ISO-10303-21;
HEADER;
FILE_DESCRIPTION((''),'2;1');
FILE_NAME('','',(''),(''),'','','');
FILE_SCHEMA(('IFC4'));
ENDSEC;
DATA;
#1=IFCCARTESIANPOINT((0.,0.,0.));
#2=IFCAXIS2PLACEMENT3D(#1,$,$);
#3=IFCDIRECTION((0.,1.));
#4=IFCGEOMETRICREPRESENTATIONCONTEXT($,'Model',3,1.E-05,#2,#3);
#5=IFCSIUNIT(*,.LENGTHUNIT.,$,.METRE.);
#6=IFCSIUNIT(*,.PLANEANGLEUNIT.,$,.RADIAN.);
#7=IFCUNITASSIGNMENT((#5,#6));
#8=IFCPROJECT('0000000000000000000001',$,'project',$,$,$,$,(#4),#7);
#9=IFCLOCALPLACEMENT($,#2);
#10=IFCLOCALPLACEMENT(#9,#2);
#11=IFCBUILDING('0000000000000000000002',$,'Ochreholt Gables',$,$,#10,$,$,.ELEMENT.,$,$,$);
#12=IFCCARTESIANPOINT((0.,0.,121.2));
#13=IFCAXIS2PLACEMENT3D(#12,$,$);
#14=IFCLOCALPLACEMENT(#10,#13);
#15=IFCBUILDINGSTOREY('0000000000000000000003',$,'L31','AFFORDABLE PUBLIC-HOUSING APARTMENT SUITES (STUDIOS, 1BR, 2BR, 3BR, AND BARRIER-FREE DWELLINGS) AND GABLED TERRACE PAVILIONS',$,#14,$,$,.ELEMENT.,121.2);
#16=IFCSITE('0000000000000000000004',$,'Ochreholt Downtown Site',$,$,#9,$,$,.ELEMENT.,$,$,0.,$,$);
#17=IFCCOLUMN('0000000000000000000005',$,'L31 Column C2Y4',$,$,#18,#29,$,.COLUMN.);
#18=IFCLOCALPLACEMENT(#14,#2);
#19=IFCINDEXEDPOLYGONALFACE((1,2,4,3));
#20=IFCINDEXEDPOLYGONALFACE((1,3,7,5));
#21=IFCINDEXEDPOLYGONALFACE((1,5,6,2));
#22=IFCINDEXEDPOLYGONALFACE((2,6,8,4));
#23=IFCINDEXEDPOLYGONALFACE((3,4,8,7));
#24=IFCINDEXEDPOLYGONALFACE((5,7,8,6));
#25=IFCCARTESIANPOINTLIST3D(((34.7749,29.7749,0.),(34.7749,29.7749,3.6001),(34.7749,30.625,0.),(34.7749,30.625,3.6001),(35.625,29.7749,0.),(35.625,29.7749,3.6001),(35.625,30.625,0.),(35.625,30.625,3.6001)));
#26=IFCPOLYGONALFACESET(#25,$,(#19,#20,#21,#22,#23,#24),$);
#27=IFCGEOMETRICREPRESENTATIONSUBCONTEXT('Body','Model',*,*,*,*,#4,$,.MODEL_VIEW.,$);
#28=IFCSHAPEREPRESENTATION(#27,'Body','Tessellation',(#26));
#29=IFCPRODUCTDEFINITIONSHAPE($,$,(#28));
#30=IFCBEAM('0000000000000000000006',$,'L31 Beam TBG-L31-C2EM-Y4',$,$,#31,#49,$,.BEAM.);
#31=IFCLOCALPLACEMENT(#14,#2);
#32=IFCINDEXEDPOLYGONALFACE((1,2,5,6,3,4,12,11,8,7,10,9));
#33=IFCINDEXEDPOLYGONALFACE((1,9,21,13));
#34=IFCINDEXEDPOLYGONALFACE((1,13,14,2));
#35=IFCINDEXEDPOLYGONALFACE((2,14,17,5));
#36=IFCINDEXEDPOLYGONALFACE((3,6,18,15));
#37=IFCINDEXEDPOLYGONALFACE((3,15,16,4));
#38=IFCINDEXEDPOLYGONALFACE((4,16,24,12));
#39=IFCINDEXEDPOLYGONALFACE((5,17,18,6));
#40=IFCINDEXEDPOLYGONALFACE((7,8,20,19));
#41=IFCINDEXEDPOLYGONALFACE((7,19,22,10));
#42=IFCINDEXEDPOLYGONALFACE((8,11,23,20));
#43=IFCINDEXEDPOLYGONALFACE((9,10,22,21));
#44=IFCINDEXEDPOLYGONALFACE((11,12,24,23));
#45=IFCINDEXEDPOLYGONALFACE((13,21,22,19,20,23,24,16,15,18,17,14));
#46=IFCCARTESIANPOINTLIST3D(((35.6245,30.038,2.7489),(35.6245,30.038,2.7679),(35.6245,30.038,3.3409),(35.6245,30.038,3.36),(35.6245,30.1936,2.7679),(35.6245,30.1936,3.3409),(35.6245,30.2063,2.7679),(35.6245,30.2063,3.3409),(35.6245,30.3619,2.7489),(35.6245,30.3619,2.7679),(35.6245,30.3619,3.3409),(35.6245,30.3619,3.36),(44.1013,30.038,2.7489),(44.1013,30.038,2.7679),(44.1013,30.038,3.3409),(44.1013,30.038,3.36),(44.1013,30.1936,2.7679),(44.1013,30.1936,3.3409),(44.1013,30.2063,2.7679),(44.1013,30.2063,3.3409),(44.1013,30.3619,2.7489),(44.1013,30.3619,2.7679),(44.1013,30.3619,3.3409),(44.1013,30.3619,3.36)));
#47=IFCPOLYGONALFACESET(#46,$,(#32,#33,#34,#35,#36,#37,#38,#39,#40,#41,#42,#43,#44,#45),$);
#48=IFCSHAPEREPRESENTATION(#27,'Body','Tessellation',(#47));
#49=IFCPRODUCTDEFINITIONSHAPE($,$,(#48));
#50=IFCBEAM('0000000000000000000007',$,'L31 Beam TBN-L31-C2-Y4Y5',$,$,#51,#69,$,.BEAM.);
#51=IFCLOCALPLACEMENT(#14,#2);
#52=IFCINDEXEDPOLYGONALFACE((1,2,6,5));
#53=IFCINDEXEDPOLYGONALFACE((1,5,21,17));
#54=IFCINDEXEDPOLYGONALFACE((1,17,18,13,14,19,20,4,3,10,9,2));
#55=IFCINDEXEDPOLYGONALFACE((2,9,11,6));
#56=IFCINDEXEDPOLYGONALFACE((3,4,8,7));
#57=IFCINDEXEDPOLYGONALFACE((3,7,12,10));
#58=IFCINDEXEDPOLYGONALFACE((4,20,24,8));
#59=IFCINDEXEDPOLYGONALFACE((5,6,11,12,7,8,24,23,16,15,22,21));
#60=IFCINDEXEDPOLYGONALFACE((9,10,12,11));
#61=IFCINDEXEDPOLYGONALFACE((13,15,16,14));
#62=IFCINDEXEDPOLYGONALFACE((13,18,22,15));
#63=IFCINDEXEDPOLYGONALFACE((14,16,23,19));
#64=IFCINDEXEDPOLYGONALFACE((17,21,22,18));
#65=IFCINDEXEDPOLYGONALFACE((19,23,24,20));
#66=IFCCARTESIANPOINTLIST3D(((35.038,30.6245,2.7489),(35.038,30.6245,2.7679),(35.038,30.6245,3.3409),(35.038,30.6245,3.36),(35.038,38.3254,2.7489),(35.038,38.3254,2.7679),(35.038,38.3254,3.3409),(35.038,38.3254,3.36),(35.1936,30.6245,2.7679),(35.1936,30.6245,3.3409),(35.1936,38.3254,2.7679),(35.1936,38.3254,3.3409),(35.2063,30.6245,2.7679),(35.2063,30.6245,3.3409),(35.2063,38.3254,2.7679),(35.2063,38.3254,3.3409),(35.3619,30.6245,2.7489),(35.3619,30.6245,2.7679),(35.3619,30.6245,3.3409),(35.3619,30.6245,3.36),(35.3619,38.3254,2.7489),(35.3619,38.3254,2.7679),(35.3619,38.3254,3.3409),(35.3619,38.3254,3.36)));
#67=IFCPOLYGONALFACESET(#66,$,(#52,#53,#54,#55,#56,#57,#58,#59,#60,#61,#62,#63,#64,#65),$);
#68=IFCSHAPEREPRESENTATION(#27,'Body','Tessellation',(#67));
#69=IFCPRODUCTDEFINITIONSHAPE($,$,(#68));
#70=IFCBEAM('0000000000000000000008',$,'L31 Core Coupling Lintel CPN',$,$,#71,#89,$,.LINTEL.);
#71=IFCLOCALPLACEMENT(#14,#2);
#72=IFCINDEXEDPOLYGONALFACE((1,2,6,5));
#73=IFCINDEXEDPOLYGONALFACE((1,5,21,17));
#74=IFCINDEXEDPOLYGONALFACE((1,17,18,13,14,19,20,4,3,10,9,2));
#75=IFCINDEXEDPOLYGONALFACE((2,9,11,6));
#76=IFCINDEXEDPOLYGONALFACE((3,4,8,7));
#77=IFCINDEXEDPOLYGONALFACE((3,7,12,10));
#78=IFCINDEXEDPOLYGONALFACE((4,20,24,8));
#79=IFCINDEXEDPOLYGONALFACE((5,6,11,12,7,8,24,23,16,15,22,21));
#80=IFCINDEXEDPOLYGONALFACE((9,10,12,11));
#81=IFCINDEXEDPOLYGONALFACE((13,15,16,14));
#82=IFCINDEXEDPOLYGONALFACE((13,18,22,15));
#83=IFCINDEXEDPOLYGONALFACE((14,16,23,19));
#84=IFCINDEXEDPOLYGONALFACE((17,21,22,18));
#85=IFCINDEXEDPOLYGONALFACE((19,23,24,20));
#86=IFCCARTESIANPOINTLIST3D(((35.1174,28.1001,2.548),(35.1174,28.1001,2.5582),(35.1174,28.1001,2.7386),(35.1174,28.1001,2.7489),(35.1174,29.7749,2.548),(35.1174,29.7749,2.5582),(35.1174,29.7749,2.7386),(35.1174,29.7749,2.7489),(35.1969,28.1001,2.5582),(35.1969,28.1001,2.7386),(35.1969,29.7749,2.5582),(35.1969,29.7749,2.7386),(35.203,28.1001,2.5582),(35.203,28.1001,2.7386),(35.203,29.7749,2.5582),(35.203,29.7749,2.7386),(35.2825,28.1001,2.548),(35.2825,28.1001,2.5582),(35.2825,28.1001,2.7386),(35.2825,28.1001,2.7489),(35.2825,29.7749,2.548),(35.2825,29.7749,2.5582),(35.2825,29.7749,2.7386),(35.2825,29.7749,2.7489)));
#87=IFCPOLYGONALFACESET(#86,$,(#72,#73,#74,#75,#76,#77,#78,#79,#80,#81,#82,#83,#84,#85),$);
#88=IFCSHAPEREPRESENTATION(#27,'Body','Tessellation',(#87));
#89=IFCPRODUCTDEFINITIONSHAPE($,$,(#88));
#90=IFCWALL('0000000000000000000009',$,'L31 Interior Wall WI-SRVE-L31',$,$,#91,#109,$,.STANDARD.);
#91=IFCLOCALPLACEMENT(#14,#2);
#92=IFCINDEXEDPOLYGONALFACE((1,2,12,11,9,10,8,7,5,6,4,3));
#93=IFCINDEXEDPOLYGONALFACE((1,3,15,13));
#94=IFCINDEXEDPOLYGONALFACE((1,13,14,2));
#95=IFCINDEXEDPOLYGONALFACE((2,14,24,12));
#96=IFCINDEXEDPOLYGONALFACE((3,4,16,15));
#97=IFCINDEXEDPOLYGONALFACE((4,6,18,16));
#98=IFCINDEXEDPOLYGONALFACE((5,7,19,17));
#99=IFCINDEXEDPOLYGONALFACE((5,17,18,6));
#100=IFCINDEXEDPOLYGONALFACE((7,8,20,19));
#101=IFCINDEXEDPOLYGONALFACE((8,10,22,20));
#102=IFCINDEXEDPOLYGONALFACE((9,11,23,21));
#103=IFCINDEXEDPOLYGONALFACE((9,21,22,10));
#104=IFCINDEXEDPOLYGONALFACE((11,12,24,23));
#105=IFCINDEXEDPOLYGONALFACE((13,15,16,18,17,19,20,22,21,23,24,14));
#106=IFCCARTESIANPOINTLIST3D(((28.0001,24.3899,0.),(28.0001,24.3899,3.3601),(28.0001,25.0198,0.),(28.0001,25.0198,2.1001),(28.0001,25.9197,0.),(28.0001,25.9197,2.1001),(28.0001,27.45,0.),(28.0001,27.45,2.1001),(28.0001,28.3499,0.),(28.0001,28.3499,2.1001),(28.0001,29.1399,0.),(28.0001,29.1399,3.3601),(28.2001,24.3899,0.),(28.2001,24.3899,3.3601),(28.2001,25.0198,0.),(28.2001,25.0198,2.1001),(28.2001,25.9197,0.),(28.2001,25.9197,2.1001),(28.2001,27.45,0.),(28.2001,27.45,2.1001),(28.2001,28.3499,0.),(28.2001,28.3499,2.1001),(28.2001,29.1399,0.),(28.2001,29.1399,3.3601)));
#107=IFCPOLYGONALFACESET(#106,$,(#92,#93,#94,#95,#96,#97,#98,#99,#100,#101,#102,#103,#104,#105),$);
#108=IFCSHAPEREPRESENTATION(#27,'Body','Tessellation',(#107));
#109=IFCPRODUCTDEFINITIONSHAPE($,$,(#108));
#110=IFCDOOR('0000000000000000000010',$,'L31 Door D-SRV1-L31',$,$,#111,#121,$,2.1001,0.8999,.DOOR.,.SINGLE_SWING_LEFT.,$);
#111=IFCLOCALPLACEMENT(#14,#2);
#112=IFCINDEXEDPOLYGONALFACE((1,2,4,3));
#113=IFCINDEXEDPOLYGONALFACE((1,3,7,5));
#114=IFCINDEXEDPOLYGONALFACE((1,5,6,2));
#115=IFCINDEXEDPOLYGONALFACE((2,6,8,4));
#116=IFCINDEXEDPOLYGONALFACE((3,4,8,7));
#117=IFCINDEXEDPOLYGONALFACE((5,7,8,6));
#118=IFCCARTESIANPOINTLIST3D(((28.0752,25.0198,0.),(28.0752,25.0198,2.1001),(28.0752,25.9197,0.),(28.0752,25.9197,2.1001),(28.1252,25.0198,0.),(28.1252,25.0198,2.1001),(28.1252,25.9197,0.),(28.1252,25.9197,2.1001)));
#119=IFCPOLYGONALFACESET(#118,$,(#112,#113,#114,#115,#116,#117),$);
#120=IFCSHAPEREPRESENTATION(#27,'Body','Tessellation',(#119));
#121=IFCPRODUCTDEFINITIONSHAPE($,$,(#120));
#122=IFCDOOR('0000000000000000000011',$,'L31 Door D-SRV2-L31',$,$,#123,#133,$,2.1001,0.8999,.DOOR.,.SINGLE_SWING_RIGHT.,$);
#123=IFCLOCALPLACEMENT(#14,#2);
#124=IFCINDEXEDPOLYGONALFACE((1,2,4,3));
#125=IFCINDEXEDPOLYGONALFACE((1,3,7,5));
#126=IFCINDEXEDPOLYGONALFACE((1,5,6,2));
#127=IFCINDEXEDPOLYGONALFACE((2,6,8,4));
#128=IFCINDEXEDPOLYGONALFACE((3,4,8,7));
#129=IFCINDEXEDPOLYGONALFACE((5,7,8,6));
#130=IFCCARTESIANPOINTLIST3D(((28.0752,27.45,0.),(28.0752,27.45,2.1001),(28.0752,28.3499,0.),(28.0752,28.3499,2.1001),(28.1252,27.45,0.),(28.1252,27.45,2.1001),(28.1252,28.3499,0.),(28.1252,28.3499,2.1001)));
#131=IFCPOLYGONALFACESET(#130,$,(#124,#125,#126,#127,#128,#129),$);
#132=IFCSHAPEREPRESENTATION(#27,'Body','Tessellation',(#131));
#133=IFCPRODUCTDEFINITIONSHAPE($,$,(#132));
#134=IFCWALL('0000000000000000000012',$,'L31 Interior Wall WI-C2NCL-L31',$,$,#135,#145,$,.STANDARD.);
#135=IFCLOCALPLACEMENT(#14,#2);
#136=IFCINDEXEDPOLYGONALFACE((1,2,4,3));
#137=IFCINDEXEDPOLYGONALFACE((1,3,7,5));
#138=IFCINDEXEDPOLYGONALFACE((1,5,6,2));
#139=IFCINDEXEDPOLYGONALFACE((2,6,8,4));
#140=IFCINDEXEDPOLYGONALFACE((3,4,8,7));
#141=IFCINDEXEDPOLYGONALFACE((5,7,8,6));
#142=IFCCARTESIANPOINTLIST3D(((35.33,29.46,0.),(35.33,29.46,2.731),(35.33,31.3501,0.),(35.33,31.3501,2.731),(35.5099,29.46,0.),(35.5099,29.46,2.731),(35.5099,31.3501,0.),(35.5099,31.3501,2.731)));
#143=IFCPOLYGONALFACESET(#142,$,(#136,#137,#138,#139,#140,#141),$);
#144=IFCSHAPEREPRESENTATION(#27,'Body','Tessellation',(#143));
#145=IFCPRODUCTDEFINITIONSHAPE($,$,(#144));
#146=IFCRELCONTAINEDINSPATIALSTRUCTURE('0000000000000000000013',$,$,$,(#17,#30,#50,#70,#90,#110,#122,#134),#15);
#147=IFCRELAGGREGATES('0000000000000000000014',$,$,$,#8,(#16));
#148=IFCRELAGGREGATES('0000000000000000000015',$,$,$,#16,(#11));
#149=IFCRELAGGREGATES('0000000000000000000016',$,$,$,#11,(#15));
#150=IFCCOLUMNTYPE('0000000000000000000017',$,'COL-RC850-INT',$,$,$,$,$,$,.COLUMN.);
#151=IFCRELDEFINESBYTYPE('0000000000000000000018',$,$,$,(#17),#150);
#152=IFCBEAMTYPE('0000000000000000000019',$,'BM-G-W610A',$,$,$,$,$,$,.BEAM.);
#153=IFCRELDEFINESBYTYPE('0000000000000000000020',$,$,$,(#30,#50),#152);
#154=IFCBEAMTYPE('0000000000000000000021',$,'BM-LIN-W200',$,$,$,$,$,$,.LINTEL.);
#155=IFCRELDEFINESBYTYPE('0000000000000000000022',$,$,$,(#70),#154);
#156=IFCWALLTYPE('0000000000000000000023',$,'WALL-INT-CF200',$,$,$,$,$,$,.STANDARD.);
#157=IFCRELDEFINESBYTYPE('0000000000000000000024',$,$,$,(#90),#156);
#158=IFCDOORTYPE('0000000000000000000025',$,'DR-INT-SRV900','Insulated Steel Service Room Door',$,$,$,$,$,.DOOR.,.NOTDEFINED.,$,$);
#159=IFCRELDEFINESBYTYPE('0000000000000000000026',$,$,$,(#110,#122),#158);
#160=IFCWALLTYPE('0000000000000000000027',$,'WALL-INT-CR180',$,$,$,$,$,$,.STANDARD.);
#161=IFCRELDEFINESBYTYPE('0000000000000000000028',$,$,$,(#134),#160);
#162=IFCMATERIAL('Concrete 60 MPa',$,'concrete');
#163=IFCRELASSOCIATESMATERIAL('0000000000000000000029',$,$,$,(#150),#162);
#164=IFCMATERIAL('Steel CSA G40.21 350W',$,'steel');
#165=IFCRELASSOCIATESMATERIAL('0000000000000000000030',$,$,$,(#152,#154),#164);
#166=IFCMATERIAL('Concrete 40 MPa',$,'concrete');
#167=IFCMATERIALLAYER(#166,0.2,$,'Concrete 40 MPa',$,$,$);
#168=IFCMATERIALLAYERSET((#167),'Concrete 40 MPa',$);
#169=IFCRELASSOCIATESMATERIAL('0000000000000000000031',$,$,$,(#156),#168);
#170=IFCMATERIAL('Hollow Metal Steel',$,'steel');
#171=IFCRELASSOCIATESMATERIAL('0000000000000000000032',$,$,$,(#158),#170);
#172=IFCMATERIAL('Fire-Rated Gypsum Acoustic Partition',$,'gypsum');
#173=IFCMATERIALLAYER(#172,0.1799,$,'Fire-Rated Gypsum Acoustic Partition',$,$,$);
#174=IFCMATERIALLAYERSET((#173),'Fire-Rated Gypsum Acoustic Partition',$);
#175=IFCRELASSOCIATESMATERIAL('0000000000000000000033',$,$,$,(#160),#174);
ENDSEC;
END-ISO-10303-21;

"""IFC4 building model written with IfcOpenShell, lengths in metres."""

from ifc_helpers import new_model, si_unit, direction, frame, frame_2d, origin, origin_2d, place, context, subcontext, project, spatial, rectangle, i_section, extrude, material, layer, layer_set, material_profile, profile_set, type_object, element, fill, save


model = new_model("IFC4")

# Units and contexts
model_context = context("Model", 3, precision=1e-05, world=origin(), true_north=direction((0.0, 1.0)))
body_context = subcontext(model_context, "Body", "Model", "MODEL_VIEW")
ifc_project = project(units=[si_unit("LENGTHUNIT", "METRE"), si_unit("PLANEANGLEUNIT", "RADIAN")], contexts=[model_context])

# Site, building, storey
site_placement = place(None, origin())
site = spatial("IfcSite", under=ifc_project, at=site_placement, Name="Ochreholt Downtown Site", CompositionType="ELEMENT", RefElevation=0.0)
building_placement = place(site_placement, origin())
building = spatial("IfcBuilding", under=site, at=building_placement, Name="Ochreholt Gables", CompositionType="ELEMENT")
storey_placement = place(building_placement, frame((0.0, 0.0, 121.2)))
storey = spatial("IfcBuildingStorey", under=building, at=storey_placement, Name="L31", Description="AFFORDABLE PUBLIC-HOUSING APARTMENT SUITES (STUDIOS, 1BR, 2BR, 3BR, AND BARRIER-FREE DWELLINGS) AND GABLED TERRACE PAVILIONS", CompositionType="ELEMENT", Elevation=121.2)

# Column
ifc_material_1 = material(Name="Concrete 60 MPa", Category="concrete")
ifc_material_profile_1 = material_profile(ifc_material_1, rectangle(XDim=0.8501, YDim=0.8501, at=origin_2d()), Name="RC850X850")
ifc_profile_set_1 = profile_set([ifc_material_profile_1], Name="Concrete 60 MPa")
column_type = type_object("IfcColumnType", Name="COL-RC850-INT", PredefinedType="COLUMN", material=ifc_profile_set_1)
column_placement = place(storey_placement, frame((35.2, 30.2, 0.0), z_axis=(0.0, 0.0, 1.0), x_axis=(1.0, 0.0, 0.0)))
element("IfcColumn", 1, at=column_placement, inside=storey, type_object=column_type, Name="L31 Column C2Y4", PredefinedType="COLUMN", context=body_context, shape_type="SweptSolid", body=[
    extrude(rectangle(XDim=0.8501, YDim=0.8501, at=origin_2d()), origin(), (0.0, 0.0, 1.0), 3.6001),
])

# Beams
ifc_material_2 = material(Name="Steel CSA G40.21 350W", Category="steel")
ifc_material_profile_2 = material_profile(ifc_material_2, i_section(OverallWidth=0.324, OverallDepth=0.6111, WebThickness=0.0127, FlangeThickness=0.019, at=origin_2d()), Name="W610X155")
ifc_profile_set_2 = profile_set([ifc_material_profile_2], Name="Steel CSA G40.21 350W")
beam_type_1 = type_object("IfcBeamType", Name="BM-G-W610A", PredefinedType="BEAM", material=ifc_profile_set_2)
beam_1_placement = place(storey_placement, frame((35.6245, 30.2, 3.0544), z_axis=(1.0, 0.0, 0.0), x_axis=(0.0, 1.0, 0.0)))
element("IfcBeam", 2, at=beam_1_placement, inside=storey, type_object=beam_type_1, Name="L31 Beam TBG-L31-C2EM-Y4", PredefinedType="BEAM", context=body_context, shape_type="SweptSolid", body=[
    extrude(i_section(OverallWidth=0.324, OverallDepth=0.6111, WebThickness=0.0127, FlangeThickness=0.019, at=origin_2d()), origin(), (0.0, 0.0, 1.0), 8.4768),
])
beam_2_placement = place(storey_placement, frame((35.2, 30.6245, 3.0544), z_axis=(0.0, 1.0, 0.0), x_axis=(-1.0, 0.0, 0.0)))
element("IfcBeam", 3, at=beam_2_placement, inside=storey, type_object=beam_type_1, Name="L31 Beam TBN-L31-C2-Y4Y5", PredefinedType="BEAM", context=body_context, shape_type="SweptSolid", body=[
    extrude(i_section(OverallWidth=0.324, OverallDepth=0.6111, WebThickness=0.0127, FlangeThickness=0.019, at=origin_2d()), origin(), (0.0, 0.0, 1.0), 7.7009),
])
ifc_material_profile_3 = material_profile(ifc_material_2, i_section(OverallWidth=0.165, OverallDepth=0.2009, WebThickness=0.0061, FlangeThickness=0.0103, at=origin_2d()), Name="W200X36")
ifc_profile_set_3 = profile_set([ifc_material_profile_3], Name="Steel CSA G40.21 350W")
beam_type_2 = type_object("IfcBeamType", Name="BM-LIN-W200", PredefinedType="LINTEL", material=ifc_profile_set_3)
beam_3_placement = place(storey_placement, frame((35.2, 28.1001, 2.6484), z_axis=(0.0, 1.0, 0.0), x_axis=(-1.0, 0.0, 0.0)))
element("IfcBeam", 4, at=beam_3_placement, inside=storey, type_object=beam_type_2, Name="L31 Core Coupling Lintel CPN", PredefinedType="LINTEL", context=body_context, shape_type="SweptSolid", body=[
    extrude(i_section(OverallWidth=0.165, OverallDepth=0.2009, WebThickness=0.0061, FlangeThickness=0.0103, at=origin_2d()), origin(), (0.0, 0.0, 1.0), 1.6748),
])

# Wall, openings, doors
ifc_material_3 = material(Name="Concrete 40 MPa", Category="concrete")
ifc_layer_1 = layer(ifc_material_3, 0.2, Name="Concrete 40 MPa")
ifc_layer_set_1 = layer_set([ifc_layer_1], Name="Concrete 40 MPa")
wall_type_1 = type_object("IfcWallType", Name="WALL-INT-CF200", PredefinedType="STANDARD", material=ifc_layer_set_1)
wall_1_placement = place(storey_placement, frame((28.1001, 24.3899, 0.0), z_axis=(0.0, 0.0, 1.0), x_axis=(0.0, 1.0, 0.0)))
wall_1 = element("IfcWall", 5, at=wall_1_placement, inside=storey, type_object=wall_type_1, Name="L31 Interior Wall WI-SRVE-L31", PredefinedType="STANDARD", context=body_context, shape_type="SweptSolid", body=[
    extrude(rectangle(XDim=4.75, YDim=0.2, at=frame_2d((2.375, 0.0))), origin(), (0.0, 0.0, 1.0), 3.3601),
])
opening_1_placement = place(wall_1_placement, frame((0.6299, 0.0, 0.0)))
opening_1 = element("IfcOpeningElement", 6, at=opening_1_placement, cuts=wall_1, PredefinedType="OPENING", context=body_context, shape_type="SweptSolid", body=[
    extrude(rectangle(XDim=0.8999, YDim=2.1001, at=frame_2d((0.45, 1.05))), frame((0.0, 0.1099, 0.0), z_axis=(0.0, -1.0, 0.0), x_axis=(1.0, 0.0, 0.0)), (0.0, 0.0, 1.0), 0.22),
])
opening_2_placement = place(wall_1_placement, frame((3.0601, 0.0, 0.0)))
opening_2 = element("IfcOpeningElement", 7, at=opening_2_placement, cuts=wall_1, PredefinedType="OPENING", context=body_context, shape_type="SweptSolid", body=[
    extrude(rectangle(XDim=0.8999, YDim=2.1001, at=frame_2d((0.45, 1.05))), frame((0.0, 0.1099, 0.0), z_axis=(0.0, -1.0, 0.0), x_axis=(1.0, 0.0, 0.0)), (0.0, 0.0, 1.0), 0.22),
])
ifc_material_4 = material(Name="Hollow Metal Steel", Category="steel")
door_type_1 = type_object("IfcDoorType", Name="DR-INT-SRV900", Description="Insulated Steel Service Room Door", OperationType="NOTDEFINED", PredefinedType="DOOR", material=ifc_material_4)
door_1_placement = place(opening_1_placement, origin())
door_1 = element("IfcDoor", 8, at=door_1_placement, inside=storey, type_object=door_type_1, Name="L31 Door D-SRV1-L31", OperationType="SINGLE_SWING_LEFT", OverallHeight=2.1001, OverallWidth=0.8999, PredefinedType="DOOR", context=body_context, shape_type="SweptSolid", body=[
    extrude(rectangle(XDim=0.8999, YDim=2.1001, at=frame_2d((0.45, 1.05))), frame((0.0, 0.0249, 0.0), z_axis=(0.0, -1.0, 0.0), x_axis=(1.0, 0.0, 0.0)), (0.0, 0.0, 1.0), 0.05),
])
fill(opening_1, door_1)
door_2_placement = place(opening_2_placement, origin())
door_2 = element("IfcDoor", 9, at=door_2_placement, inside=storey, type_object=door_type_1, Name="L31 Door D-SRV2-L31", OperationType="SINGLE_SWING_RIGHT", OverallHeight=2.1001, OverallWidth=0.8999, PredefinedType="DOOR", context=body_context, shape_type="SweptSolid", body=[
    extrude(rectangle(XDim=0.8999, YDim=2.1001, at=frame_2d((0.45, 1.05))), frame((0.0, 0.0249, 0.0), z_axis=(0.0, -1.0, 0.0), x_axis=(1.0, 0.0, 0.0)), (0.0, 0.0, 1.0), 0.05),
])
fill(opening_2, door_2)

# Wall
ifc_material_5 = material(Name="Fire-Rated Gypsum Acoustic Partition", Category="gypsum")
ifc_layer_2 = layer(ifc_material_5, 0.1799, Name="Fire-Rated Gypsum Acoustic Partition")
ifc_layer_set_2 = layer_set([ifc_layer_2], Name="Fire-Rated Gypsum Acoustic Partition")
wall_type_2 = type_object("IfcWallType", Name="WALL-INT-CR180", PredefinedType="STANDARD", material=ifc_layer_set_2)
wall_2_placement = place(storey_placement, frame((35.4199, 29.46, 0.0), z_axis=(0.0, 0.0, 1.0), x_axis=(0.0, 1.0, 0.0)))
element("IfcWall", 10, at=wall_2_placement, inside=storey, type_object=wall_type_2, Name="L31 Interior Wall WI-C2NCL-L31", PredefinedType="STANDARD", context=body_context, shape_type="SweptSolid", body=[
    extrude(rectangle(XDim=1.8901, YDim=0.1799, at=frame_2d((0.9451, 0.0))), origin(), (0.0, 0.0, 1.0), 2.731),
])

save(model, "model.ifc")
